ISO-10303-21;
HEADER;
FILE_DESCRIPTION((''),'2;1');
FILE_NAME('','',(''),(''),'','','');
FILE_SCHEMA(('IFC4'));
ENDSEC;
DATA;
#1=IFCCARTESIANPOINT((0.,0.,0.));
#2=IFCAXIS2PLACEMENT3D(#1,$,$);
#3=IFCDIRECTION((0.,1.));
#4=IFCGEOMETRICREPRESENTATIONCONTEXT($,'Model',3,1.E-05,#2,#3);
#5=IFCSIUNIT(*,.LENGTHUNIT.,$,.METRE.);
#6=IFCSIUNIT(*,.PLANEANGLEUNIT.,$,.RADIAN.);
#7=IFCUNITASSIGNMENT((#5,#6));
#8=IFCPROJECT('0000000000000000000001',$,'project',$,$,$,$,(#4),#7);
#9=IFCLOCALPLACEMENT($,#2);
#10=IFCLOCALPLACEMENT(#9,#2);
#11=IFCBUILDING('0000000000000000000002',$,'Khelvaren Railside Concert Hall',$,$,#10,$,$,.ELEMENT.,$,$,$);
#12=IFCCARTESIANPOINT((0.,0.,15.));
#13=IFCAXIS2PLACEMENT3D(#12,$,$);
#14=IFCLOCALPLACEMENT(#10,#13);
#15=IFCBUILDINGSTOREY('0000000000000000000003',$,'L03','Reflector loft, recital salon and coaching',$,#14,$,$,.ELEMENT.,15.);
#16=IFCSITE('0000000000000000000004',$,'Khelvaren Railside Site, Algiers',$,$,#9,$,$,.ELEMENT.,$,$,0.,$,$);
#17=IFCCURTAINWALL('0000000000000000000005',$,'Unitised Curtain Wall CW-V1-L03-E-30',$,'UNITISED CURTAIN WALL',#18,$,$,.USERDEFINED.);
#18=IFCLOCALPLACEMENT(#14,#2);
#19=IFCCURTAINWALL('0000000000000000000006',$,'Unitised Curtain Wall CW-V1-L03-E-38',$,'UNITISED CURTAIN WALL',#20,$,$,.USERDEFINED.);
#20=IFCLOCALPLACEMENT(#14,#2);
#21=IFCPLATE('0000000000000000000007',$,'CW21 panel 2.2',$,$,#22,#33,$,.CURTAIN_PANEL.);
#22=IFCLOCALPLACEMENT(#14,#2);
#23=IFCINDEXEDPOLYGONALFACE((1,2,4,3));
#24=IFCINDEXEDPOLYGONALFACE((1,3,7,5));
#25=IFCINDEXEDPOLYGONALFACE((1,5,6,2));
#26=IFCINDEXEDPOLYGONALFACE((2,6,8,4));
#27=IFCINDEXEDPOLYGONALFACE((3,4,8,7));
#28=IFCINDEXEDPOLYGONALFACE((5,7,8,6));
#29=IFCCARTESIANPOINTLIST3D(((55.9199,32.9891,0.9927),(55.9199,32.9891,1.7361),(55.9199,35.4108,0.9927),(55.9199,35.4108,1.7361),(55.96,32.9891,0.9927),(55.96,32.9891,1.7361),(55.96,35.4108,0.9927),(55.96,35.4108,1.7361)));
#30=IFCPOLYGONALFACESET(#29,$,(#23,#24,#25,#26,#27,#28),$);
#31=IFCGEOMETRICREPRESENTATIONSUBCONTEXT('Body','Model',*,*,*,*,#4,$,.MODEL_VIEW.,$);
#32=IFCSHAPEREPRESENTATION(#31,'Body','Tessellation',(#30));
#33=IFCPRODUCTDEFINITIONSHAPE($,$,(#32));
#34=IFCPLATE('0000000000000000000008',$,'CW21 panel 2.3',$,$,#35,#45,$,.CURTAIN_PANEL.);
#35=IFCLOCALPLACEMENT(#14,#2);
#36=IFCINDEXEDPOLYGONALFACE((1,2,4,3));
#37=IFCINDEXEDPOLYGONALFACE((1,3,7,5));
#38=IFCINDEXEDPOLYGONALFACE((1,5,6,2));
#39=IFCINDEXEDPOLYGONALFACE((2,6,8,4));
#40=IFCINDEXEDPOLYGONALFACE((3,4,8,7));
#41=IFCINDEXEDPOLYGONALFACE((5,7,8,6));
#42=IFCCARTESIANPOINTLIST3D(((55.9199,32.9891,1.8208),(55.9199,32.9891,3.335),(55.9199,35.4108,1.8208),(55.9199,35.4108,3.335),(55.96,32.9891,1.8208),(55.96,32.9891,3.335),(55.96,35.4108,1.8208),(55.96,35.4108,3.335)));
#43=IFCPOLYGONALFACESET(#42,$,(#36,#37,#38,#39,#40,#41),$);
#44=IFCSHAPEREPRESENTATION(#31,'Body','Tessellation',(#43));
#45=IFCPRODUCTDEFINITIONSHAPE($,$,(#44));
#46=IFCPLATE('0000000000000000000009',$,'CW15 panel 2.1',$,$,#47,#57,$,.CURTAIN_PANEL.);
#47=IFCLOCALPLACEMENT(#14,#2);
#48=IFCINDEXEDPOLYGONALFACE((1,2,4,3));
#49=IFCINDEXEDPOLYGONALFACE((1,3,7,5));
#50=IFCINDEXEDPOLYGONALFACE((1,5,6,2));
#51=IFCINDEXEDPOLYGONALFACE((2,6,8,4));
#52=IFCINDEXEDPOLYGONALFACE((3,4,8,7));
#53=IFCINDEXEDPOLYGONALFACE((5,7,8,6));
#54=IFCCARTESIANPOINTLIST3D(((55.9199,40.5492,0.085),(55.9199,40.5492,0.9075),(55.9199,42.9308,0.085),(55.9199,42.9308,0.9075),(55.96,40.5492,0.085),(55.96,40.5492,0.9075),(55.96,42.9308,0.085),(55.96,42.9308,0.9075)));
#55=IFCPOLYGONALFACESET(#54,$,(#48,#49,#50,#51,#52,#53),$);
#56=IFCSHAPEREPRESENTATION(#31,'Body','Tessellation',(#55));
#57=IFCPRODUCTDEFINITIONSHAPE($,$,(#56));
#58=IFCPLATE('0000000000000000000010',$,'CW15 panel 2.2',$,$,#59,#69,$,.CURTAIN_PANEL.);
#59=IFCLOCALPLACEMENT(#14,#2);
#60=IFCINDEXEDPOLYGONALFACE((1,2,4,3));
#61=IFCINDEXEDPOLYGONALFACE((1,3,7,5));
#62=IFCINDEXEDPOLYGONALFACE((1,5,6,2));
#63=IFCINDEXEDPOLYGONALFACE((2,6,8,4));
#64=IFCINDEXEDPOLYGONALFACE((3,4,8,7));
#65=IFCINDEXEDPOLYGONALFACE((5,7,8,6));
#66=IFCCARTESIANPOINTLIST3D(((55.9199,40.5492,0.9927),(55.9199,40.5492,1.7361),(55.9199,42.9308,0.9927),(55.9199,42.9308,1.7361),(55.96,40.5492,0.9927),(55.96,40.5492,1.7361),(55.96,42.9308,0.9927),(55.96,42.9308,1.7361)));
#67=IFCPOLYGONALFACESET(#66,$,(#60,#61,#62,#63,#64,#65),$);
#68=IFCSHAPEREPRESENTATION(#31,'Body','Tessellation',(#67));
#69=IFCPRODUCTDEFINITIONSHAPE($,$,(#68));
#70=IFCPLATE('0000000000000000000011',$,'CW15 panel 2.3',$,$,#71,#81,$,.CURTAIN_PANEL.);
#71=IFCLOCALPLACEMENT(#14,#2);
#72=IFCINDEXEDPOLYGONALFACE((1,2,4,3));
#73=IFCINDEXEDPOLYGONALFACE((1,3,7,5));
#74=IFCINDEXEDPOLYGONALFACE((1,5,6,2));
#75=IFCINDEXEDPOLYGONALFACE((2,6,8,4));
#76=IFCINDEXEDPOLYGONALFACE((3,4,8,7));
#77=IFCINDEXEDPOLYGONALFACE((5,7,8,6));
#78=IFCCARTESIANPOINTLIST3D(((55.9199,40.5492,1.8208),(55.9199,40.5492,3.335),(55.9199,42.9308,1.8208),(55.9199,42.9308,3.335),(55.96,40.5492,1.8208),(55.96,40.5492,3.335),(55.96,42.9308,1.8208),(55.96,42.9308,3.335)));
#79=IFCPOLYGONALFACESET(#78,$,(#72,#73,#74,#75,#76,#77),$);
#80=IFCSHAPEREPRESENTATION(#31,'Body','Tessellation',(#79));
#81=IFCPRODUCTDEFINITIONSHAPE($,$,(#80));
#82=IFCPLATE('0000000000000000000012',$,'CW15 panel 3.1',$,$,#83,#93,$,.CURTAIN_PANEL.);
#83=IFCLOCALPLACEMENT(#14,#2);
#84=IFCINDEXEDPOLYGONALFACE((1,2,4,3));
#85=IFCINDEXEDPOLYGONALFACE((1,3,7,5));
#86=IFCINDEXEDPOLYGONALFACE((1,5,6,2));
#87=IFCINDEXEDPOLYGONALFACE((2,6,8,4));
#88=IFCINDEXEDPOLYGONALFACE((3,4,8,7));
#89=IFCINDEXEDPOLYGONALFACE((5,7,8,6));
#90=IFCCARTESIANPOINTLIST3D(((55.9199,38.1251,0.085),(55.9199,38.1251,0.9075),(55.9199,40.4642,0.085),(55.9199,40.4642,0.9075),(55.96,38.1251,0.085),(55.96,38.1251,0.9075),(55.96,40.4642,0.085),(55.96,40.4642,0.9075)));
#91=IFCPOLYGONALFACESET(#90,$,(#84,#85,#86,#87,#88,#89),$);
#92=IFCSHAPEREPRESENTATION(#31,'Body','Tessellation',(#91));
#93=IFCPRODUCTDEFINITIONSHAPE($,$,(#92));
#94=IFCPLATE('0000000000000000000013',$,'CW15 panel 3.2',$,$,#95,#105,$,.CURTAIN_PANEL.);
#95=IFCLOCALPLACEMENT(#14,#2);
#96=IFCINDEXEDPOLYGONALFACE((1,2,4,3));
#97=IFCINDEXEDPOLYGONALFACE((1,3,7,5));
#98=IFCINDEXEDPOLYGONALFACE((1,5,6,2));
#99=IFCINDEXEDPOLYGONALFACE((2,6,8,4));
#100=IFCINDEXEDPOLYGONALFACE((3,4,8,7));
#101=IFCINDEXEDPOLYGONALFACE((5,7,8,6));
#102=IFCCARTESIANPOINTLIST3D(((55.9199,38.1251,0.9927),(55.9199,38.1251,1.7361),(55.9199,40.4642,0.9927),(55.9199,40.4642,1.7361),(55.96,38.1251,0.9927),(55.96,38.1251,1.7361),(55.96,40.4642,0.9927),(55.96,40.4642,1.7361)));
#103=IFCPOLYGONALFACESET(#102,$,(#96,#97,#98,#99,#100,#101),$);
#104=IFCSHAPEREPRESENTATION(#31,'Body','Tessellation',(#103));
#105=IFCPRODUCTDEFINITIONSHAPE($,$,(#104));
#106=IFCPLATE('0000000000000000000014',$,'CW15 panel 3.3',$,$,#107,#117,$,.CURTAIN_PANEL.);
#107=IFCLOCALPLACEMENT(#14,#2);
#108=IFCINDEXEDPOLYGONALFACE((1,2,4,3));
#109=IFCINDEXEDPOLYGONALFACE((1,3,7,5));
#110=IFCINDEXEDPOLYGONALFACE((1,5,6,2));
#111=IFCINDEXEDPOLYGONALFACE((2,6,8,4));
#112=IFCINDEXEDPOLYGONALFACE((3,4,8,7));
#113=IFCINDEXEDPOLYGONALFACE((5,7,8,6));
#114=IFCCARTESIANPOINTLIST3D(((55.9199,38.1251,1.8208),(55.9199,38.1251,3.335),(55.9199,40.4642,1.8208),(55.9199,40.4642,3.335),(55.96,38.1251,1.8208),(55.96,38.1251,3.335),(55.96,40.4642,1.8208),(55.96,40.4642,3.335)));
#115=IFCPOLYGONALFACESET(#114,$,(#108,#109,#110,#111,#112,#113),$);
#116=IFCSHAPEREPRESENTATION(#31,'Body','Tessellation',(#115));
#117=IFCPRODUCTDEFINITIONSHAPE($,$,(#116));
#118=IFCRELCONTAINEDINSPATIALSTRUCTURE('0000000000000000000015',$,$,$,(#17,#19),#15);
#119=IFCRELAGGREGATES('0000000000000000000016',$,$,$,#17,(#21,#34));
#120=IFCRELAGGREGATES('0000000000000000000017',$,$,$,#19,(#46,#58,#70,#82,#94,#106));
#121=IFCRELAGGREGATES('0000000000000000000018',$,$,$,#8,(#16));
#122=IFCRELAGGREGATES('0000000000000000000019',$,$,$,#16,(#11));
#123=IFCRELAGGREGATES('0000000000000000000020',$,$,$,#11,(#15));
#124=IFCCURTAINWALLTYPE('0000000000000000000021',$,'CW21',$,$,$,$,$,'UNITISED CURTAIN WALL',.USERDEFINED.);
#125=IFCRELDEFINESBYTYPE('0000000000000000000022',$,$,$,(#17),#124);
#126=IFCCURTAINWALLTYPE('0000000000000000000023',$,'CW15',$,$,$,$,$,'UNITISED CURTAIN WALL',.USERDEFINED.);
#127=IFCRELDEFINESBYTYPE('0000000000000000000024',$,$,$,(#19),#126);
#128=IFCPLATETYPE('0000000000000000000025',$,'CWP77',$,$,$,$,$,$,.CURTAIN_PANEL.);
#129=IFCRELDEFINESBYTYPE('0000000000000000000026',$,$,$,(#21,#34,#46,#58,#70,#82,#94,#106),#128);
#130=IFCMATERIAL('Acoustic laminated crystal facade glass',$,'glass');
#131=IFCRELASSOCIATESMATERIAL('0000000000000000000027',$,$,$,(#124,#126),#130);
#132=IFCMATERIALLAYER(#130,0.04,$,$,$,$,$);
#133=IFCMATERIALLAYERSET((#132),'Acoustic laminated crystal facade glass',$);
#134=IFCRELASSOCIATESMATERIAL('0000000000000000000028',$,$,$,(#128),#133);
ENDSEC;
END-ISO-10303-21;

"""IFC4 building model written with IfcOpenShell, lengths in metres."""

from ifc_helpers import new_model, si_unit, direction, frame, origin, origin_2d, place, context, subcontext, project, spatial, rectangle, extrude, material, layer, layer_set, type_object, element, aggregate, save


model = new_model("IFC4")

# Units and contexts
model_context = context("Model", 3, precision=1e-05, world=origin(), true_north=direction((0.0, 1.0)))
body_context = subcontext(model_context, "Body", "Model", "MODEL_VIEW")
ifc_project = project(units=[si_unit("LENGTHUNIT", "METRE"), si_unit("PLANEANGLEUNIT", "RADIAN")], contexts=[model_context])

# Site, building, storey
site_placement = place(None, origin())
site = spatial("IfcSite", under=ifc_project, at=site_placement, Name="Khelvaren Railside Site, Algiers", CompositionType="ELEMENT", RefElevation=0.0)
building_placement = place(site_placement, origin())
building = spatial("IfcBuilding", under=site, at=building_placement, Name="Khelvaren Railside Concert Hall", CompositionType="ELEMENT")
storey_placement = place(building_placement, frame((0.0, 0.0, 15.0)))
storey = spatial("IfcBuildingStorey", under=building, at=storey_placement, Name="L03", Description="Reflector loft, recital salon and coaching", CompositionType="ELEMENT", Elevation=15.0)

# Curtain walls
ifc_material_1 = material(Name="Acoustic laminated crystal facade glass", Category="glass")
curtain_wall_type_1 = type_object("IfcCurtainWallType", Name="CW21", ElementType="UNITISED CURTAIN WALL", PredefinedType="USERDEFINED", material=ifc_material_1)
curtain_wall_1_placement = place(storey_placement, origin())
curtain_wall_1 = element("IfcCurtainWall", 1, at=curtain_wall_1_placement, inside=storey, type_object=curtain_wall_type_1, Name="Unitised Curtain Wall CW-V1-L03-E-30", ObjectType="UNITISED CURTAIN WALL", PredefinedType="USERDEFINED")
curtain_wall_type_2 = type_object("IfcCurtainWallType", Name="CW15", ElementType="UNITISED CURTAIN WALL", PredefinedType="USERDEFINED", material=ifc_material_1)
curtain_wall_2_placement = place(storey_placement, origin())
curtain_wall_2 = element("IfcCurtainWall", 2, at=curtain_wall_2_placement, inside=storey, type_object=curtain_wall_type_2, Name="Unitised Curtain Wall CW-V1-L03-E-38", ObjectType="UNITISED CURTAIN WALL", PredefinedType="USERDEFINED")

# Plates
ifc_layer = layer(ifc_material_1, 0.04)
ifc_layer_set = layer_set([ifc_layer], Name="Acoustic laminated crystal facade glass")
plate_type = type_object("IfcPlateType", Name="CWP77", PredefinedType="CURTAIN_PANEL", material=ifc_layer_set)
plate_1_placement = place(storey_placement, frame((55.9399, 34.2, 0.9927), z_axis=(0.0, 0.0, 1.0), x_axis=(0.0, -1.0, 0.0)))
plate_1 = element("IfcPlate", 3, at=plate_1_placement, type_object=plate_type, Name="CW21 panel 2.2", PredefinedType="CURTAIN_PANEL", context=body_context, shape_type="SweptSolid", body=[
    extrude(rectangle(XDim=2.4216, YDim=0.04, at=origin_2d()), origin(), (0.0, 0.0, 1.0), 0.7434),
])
plate_2_placement = place(storey_placement, frame((55.9399, 34.2, 1.8208), z_axis=(0.0, 0.0, 1.0), x_axis=(0.0, -1.0, 0.0)))
plate_2 = element("IfcPlate", 4, at=plate_2_placement, type_object=plate_type, Name="CW21 panel 2.3", PredefinedType="CURTAIN_PANEL", context=body_context, shape_type="SweptSolid", body=[
    extrude(rectangle(XDim=2.4216, YDim=0.04, at=origin_2d()), origin(), (0.0, 0.0, 1.0), 1.5142),
])
aggregate(curtain_wall_1, [plate_1, plate_2])
plate_3_placement = place(storey_placement, frame((55.9399, 41.74, 0.085), z_axis=(0.0, 0.0, 1.0), x_axis=(0.0, -1.0, 0.0)))
plate_3 = element("IfcPlate", 5, at=plate_3_placement, type_object=plate_type, Name="CW15 panel 2.1", PredefinedType="CURTAIN_PANEL", context=body_context, shape_type="SweptSolid", body=[
    extrude(rectangle(XDim=2.3816, YDim=0.04, at=origin_2d()), origin(), (0.0, 0.0, 1.0), 0.8225),
])
plate_4_placement = place(storey_placement, frame((55.9399, 41.74, 0.9927), z_axis=(0.0, 0.0, 1.0), x_axis=(0.0, -1.0, 0.0)))
plate_4 = element("IfcPlate", 6, at=plate_4_placement, type_object=plate_type, Name="CW15 panel 2.2", PredefinedType="CURTAIN_PANEL", context=body_context, shape_type="SweptSolid", body=[
    extrude(rectangle(XDim=2.3816, YDim=0.04, at=origin_2d()), origin(), (0.0, 0.0, 1.0), 0.7434),
])
plate_5_placement = place(storey_placement, frame((55.9399, 41.74, 1.8208), z_axis=(0.0, 0.0, 1.0), x_axis=(0.0, -1.0, 0.0)))
plate_5 = element("IfcPlate", 7, at=plate_5_placement, type_object=plate_type, Name="CW15 panel 2.3", PredefinedType="CURTAIN_PANEL", context=body_context, shape_type="SweptSolid", body=[
    extrude(rectangle(XDim=2.3816, YDim=0.04, at=origin_2d()), origin(), (0.0, 0.0, 1.0), 1.5142),
])
plate_6_placement = place(storey_placement, frame((55.9399, 39.2947, 0.085), z_axis=(0.0, 0.0, 1.0), x_axis=(0.0, -1.0, 0.0)))
plate_6 = element("IfcPlate", 8, at=plate_6_placement, type_object=plate_type, Name="CW15 panel 3.1", PredefinedType="CURTAIN_PANEL", context=body_context, shape_type="SweptSolid", body=[
    extrude(rectangle(XDim=2.3391, YDim=0.04, at=origin_2d()), origin(), (0.0, 0.0, 1.0), 0.8225),
])
plate_7_placement = place(storey_placement, frame((55.9399, 39.2947, 0.9927), z_axis=(0.0, 0.0, 1.0), x_axis=(0.0, -1.0, 0.0)))
plate_7 = element("IfcPlate", 9, at=plate_7_placement, type_object=plate_type, Name="CW15 panel 3.2", PredefinedType="CURTAIN_PANEL", context=body_context, shape_type="SweptSolid", body=[
    extrude(rectangle(XDim=2.3391, YDim=0.04, at=origin_2d()), origin(), (0.0, 0.0, 1.0), 0.7434),
])
plate_8_placement = place(storey_placement, frame((55.9399, 39.2947, 1.8208), z_axis=(0.0, 0.0, 1.0), x_axis=(0.0, -1.0, 0.0)))
plate_8 = element("IfcPlate", 10, at=plate_8_placement, type_object=plate_type, Name="CW15 panel 3.3", PredefinedType="CURTAIN_PANEL", context=body_context, shape_type="SweptSolid", body=[
    extrude(rectangle(XDim=2.3391, YDim=0.04, at=origin_2d()), origin(), (0.0, 0.0, 1.0), 1.5142),
])
aggregate(curtain_wall_2, [plate_3, plate_4, plate_5, plate_6, plate_7, plate_8])

save(model, "model.ifc")
